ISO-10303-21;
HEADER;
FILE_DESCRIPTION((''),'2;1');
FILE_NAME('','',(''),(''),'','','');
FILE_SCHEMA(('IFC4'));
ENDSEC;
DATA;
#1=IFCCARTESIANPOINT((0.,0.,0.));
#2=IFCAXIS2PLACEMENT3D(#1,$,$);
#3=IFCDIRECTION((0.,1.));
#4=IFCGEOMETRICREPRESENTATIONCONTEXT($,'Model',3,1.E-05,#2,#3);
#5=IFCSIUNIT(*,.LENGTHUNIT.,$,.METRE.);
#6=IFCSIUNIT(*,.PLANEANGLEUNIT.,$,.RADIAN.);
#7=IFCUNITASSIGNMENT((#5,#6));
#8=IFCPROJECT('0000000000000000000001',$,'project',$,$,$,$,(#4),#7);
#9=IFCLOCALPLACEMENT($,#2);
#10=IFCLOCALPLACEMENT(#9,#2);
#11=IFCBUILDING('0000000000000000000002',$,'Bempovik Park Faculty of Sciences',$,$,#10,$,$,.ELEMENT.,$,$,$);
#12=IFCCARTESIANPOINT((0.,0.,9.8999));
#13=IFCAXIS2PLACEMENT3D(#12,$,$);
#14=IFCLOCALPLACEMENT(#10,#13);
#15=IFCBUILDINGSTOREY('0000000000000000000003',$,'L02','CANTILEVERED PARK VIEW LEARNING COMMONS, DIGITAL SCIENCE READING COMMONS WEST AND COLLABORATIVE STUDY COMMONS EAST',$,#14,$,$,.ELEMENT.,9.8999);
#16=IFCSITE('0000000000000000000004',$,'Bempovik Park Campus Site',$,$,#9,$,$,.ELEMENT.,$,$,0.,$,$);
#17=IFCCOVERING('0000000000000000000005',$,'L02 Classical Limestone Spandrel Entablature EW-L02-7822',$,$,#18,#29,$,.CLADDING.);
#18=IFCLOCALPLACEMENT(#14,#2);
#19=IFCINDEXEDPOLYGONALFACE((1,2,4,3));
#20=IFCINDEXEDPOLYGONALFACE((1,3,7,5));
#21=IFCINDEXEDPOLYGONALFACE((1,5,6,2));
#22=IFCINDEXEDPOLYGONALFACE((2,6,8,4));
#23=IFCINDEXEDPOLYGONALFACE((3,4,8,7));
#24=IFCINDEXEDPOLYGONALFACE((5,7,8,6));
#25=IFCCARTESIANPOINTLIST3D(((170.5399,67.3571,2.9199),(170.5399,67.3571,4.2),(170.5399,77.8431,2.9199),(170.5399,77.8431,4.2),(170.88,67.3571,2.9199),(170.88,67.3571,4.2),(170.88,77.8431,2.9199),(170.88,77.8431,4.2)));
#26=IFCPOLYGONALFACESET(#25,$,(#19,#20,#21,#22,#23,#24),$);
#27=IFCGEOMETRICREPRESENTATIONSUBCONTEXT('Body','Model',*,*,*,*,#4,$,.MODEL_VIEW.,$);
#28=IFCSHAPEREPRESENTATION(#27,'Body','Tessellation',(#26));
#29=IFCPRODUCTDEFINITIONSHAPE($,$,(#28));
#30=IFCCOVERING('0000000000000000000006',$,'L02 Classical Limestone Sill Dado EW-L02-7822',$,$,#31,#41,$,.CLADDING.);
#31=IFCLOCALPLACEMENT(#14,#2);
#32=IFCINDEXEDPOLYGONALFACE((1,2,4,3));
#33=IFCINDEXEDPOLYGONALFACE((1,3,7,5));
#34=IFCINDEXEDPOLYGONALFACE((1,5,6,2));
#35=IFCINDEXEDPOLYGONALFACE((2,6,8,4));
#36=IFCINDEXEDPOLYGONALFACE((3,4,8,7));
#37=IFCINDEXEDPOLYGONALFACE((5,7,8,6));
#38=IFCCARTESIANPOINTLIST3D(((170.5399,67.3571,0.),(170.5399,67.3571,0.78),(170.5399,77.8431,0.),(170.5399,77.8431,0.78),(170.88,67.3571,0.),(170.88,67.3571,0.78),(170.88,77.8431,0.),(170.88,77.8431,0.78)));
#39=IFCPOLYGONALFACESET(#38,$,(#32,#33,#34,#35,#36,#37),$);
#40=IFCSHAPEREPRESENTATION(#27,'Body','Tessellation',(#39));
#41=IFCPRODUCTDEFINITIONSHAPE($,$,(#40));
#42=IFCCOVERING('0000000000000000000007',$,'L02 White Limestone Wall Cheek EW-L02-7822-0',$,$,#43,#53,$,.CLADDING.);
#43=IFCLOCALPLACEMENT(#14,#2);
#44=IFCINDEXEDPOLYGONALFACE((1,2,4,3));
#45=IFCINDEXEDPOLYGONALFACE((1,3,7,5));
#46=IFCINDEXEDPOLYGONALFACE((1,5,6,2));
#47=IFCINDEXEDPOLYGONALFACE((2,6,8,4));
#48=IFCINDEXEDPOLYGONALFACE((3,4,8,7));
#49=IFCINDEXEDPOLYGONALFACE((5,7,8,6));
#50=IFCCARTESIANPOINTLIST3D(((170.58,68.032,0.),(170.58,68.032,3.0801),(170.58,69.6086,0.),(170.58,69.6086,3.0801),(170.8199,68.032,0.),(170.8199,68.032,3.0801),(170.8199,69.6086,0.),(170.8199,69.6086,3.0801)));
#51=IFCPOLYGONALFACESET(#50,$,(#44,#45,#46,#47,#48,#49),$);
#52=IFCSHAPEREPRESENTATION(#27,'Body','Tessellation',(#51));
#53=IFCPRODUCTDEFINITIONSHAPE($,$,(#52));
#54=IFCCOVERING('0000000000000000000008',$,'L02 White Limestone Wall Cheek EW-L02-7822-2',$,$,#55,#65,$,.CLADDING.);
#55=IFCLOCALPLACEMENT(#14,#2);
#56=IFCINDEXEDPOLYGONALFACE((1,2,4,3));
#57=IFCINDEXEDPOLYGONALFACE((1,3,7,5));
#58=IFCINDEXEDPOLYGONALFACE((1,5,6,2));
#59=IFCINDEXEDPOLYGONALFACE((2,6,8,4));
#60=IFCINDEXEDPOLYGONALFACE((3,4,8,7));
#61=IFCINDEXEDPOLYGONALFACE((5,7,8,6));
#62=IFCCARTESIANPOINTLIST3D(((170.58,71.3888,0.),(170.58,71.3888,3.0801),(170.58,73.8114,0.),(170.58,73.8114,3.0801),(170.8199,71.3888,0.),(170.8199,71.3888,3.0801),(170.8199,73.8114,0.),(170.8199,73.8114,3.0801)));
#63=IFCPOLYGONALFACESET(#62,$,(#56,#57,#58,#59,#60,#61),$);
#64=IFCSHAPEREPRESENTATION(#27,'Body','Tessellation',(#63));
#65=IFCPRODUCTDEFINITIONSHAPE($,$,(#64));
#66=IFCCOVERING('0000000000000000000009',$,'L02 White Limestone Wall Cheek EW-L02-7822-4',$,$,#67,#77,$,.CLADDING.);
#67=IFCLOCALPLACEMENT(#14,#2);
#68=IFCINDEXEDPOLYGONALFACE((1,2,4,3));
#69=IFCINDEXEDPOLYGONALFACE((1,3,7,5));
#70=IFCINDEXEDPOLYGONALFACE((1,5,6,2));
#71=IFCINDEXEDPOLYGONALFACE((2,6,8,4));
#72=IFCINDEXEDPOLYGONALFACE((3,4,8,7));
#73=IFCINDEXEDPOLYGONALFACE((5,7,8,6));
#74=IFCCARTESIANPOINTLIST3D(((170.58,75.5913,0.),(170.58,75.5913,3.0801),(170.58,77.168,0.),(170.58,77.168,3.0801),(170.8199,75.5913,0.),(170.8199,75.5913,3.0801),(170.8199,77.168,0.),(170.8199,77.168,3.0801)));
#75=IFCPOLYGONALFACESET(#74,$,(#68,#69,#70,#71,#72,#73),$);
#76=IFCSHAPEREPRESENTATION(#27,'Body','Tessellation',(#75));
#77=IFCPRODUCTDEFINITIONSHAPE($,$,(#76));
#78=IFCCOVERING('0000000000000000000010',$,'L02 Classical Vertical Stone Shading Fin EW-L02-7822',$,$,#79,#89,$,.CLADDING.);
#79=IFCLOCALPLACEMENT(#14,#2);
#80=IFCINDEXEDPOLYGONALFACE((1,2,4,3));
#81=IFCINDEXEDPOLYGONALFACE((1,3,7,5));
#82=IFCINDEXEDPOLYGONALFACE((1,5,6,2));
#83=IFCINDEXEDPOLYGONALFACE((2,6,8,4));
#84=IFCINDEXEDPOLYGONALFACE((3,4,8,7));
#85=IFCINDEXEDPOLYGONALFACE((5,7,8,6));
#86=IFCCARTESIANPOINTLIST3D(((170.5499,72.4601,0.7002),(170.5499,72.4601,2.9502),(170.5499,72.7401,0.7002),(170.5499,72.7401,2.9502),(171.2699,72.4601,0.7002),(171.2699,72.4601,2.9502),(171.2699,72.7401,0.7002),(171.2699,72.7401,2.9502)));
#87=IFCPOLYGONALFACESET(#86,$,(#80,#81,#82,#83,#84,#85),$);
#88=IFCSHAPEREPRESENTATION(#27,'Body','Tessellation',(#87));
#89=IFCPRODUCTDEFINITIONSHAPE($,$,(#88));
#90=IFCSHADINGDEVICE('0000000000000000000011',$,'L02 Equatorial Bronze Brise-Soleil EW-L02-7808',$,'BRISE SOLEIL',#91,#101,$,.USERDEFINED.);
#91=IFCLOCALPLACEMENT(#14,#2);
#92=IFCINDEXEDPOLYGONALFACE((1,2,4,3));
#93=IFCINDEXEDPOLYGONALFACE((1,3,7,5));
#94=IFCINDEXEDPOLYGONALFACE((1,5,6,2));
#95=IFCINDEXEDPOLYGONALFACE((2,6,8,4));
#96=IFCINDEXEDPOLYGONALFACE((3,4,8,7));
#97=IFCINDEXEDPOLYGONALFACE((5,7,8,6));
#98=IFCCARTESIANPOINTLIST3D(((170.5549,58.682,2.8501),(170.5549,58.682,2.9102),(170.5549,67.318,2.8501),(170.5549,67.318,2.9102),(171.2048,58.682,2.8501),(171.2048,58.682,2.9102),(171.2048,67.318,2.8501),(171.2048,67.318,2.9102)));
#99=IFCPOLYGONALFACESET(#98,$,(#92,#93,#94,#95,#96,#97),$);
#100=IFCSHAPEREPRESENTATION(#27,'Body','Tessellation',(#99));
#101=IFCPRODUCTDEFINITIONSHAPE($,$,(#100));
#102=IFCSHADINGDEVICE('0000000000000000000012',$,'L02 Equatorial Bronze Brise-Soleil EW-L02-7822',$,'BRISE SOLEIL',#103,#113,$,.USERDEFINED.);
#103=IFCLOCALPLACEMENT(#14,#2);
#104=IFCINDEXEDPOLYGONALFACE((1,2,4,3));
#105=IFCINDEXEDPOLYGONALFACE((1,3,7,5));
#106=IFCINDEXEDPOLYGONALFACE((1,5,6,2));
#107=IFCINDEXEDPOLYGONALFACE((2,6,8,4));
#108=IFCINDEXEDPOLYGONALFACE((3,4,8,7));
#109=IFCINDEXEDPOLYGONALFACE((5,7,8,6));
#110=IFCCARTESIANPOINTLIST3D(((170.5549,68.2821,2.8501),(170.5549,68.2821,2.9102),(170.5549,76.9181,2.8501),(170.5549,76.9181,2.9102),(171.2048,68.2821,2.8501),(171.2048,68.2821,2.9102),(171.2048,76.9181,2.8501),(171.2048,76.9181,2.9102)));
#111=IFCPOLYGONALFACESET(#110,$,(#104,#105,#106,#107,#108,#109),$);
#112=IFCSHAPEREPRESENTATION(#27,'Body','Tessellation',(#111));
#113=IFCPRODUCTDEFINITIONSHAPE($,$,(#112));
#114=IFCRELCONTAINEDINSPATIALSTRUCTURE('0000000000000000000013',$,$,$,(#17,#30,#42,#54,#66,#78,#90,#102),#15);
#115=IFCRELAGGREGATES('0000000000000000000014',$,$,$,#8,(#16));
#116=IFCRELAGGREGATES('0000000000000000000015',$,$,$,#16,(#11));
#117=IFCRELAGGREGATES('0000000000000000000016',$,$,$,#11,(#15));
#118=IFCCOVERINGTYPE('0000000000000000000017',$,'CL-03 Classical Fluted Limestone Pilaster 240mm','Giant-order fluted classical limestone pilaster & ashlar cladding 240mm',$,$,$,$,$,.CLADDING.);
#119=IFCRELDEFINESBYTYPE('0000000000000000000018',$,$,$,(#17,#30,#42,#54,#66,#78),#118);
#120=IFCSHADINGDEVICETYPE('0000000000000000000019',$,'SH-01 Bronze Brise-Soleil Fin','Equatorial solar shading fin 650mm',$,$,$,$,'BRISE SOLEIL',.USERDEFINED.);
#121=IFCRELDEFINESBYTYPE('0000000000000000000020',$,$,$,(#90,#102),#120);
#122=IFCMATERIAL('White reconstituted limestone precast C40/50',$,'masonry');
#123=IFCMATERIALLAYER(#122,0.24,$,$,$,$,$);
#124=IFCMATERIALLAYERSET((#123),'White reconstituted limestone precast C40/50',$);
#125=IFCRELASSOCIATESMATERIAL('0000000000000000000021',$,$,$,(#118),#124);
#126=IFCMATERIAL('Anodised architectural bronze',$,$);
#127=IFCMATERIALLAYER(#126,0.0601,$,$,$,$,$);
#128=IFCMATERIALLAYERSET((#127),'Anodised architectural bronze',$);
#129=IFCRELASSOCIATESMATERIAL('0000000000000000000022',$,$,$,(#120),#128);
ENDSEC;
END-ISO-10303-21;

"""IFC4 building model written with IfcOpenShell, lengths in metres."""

from ifc_helpers import new_model, si_unit, direction, frame, origin, origin_2d, place, context, subcontext, project, spatial, rectangle, extrude, material, layer, layer_set, type_object, element, save


model = new_model("IFC4")

# Units and contexts
model_context = context("Model", 3, precision=1e-05, world=origin(), true_north=direction((0.0, 1.0)))
body_context = subcontext(model_context, "Body", "Model", "MODEL_VIEW")
ifc_project = project(units=[si_unit("LENGTHUNIT", "METRE"), si_unit("PLANEANGLEUNIT", "RADIAN")], contexts=[model_context])

# Site, building, storey
site_placement = place(None, origin())
site = spatial("IfcSite", under=ifc_project, at=site_placement, Name="Bempovik Park Campus Site", CompositionType="ELEMENT", RefElevation=0.0)
building_placement = place(site_placement, origin())
building = spatial("IfcBuilding", under=site, at=building_placement, Name="Bempovik Park Faculty of Sciences", CompositionType="ELEMENT")
storey_placement = place(building_placement, frame((0.0, 0.0, 9.8999)))
storey = spatial("IfcBuildingStorey", under=building, at=storey_placement, Name="L02", Description="CANTILEVERED PARK VIEW LEARNING COMMONS, DIGITAL SCIENCE READING COMMONS WEST AND COLLABORATIVE STUDY COMMONS EAST", CompositionType="ELEMENT", Elevation=9.8999)

# Coverings
ifc_material_1 = material(Name="White reconstituted limestone precast C40/50", Category="masonry")
ifc_layer_1 = layer(ifc_material_1, 0.24)
ifc_layer_set_1 = layer_set([ifc_layer_1], Name="White reconstituted limestone precast C40/50")
covering_type_1 = type_object("IfcCoveringType", Name="CL-03 Classical Fluted Limestone Pilaster 240mm", Description="Giant-order fluted classical limestone pilaster & ashlar cladding 240mm", PredefinedType="CLADDING", material=ifc_layer_set_1)
covering_1_placement = place(storey_placement, frame((170.71, 72.6001, 2.9199), z_axis=(0.0, 0.0, 1.0), x_axis=(1.0, 0.0, 0.0)))
element("IfcCovering", 1, at=covering_1_placement, inside=storey, type_object=covering_type_1, Name="L02 Classical Limestone Spandrel Entablature EW-L02-7822", PredefinedType="CLADDING", context=body_context, shape_type="SweptSolid", body=[
    extrude(rectangle(XDim=0.3401, YDim=10.4861, at=origin_2d()), origin(), (0.0, 0.0, 1.0), 1.28),
])
covering_2_placement = place(storey_placement, frame((170.71, 72.6001, 0.0), z_axis=(0.0, 0.0, 1.0), x_axis=(1.0, 0.0, 0.0)))
element("IfcCovering", 2, at=covering_2_placement, inside=storey, type_object=covering_type_1, Name="L02 Classical Limestone Sill Dado EW-L02-7822", PredefinedType="CLADDING", context=body_context, shape_type="SweptSolid", body=[
    extrude(rectangle(XDim=0.3401, YDim=10.4861, at=origin_2d()), origin(), (0.0, 0.0, 1.0), 0.78),
])
covering_3_placement = place(storey_placement, frame((170.7, 68.8203, 0.0), z_axis=(0.0, 0.0, 1.0), x_axis=(1.0, 0.0, 0.0)))
element("IfcCovering", 3, at=covering_3_placement, inside=storey, type_object=covering_type_1, Name="L02 White Limestone Wall Cheek EW-L02-7822-0", PredefinedType="CLADDING", context=body_context, shape_type="SweptSolid", body=[
    extrude(rectangle(XDim=0.24, YDim=1.5767, at=origin_2d()), origin(), (0.0, 0.0, 1.0), 3.0801),
])
covering_4_placement = place(storey_placement, frame((170.7, 72.6001, 0.0), z_axis=(0.0, 0.0, 1.0), x_axis=(1.0, 0.0, 0.0)))
element("IfcCovering", 4, at=covering_4_placement, inside=storey, type_object=covering_type_1, Name="L02 White Limestone Wall Cheek EW-L02-7822-2", PredefinedType="CLADDING", context=body_context, shape_type="SweptSolid", body=[
    extrude(rectangle(XDim=0.24, YDim=2.4226, at=origin_2d()), origin(), (0.0, 0.0, 1.0), 3.0801),
])
covering_5_placement = place(storey_placement, frame((170.7, 76.3796, 0.0), z_axis=(0.0, 0.0, 1.0), x_axis=(1.0, 0.0, 0.0)))
element("IfcCovering", 5, at=covering_5_placement, inside=storey, type_object=covering_type_1, Name="L02 White Limestone Wall Cheek EW-L02-7822-4", PredefinedType="CLADDING", context=body_context, shape_type="SweptSolid", body=[
    extrude(rectangle(XDim=0.24, YDim=1.5767, at=origin_2d()), origin(), (0.0, 0.0, 1.0), 3.0801),
])
covering_6_placement = place(storey_placement, frame((170.9099, 72.6001, 0.7002), z_axis=(0.0, 0.0, 1.0), x_axis=(1.0, 0.0, 0.0)))
element("IfcCovering", 6, at=covering_6_placement, inside=storey, type_object=covering_type_1, Name="L02 Classical Vertical Stone Shading Fin EW-L02-7822", PredefinedType="CLADDING", context=body_context, shape_type="SweptSolid", body=[
    extrude(rectangle(XDim=0.72, YDim=0.28, at=origin_2d()), origin(), (0.0, 0.0, 1.0), 2.25),
])

# Shading devices
ifc_material_2 = material(Name="Anodised architectural bronze")
ifc_layer_2 = layer(ifc_material_2, 0.0601)
ifc_layer_set_2 = layer_set([ifc_layer_2], Name="Anodised architectural bronze")
shading_device_type = type_object("IfcShadingDeviceType", Name="SH-01 Bronze Brise-Soleil Fin", Description="Equatorial solar shading fin 650mm", ElementType="BRISE SOLEIL", PredefinedType="USERDEFINED", material=ifc_layer_set_2)
for number, where, z_axis, x_axis, name in (
    (7, (170.8799, 63.0, 2.8501), (0.0, 0.0, 1.0), (1.0, 0.0, 0.0), "L02 Equatorial Bronze Brise-Soleil EW-L02-7808"),
    (8, (170.8799, 72.6001, 2.8501), (0.0, 0.0, 1.0), (1.0, 0.0, 0.0), "L02 Equatorial Bronze Brise-Soleil EW-L02-7822"),
):
    element("IfcShadingDevice", number, at=place(storey_placement, frame(where, z_axis=z_axis, x_axis=x_axis)), inside=storey, type_object=shading_device_type, Name=name, ObjectType="BRISE SOLEIL", PredefinedType="USERDEFINED", context=body_context, shape_type="SweptSolid", body=[
        extrude(rectangle(XDim=0.6499, YDim=8.636, at=origin_2d()), origin(), (0.0, 0.0, 1.0), 0.0601),
    ])

save(model, "model.ifc")
